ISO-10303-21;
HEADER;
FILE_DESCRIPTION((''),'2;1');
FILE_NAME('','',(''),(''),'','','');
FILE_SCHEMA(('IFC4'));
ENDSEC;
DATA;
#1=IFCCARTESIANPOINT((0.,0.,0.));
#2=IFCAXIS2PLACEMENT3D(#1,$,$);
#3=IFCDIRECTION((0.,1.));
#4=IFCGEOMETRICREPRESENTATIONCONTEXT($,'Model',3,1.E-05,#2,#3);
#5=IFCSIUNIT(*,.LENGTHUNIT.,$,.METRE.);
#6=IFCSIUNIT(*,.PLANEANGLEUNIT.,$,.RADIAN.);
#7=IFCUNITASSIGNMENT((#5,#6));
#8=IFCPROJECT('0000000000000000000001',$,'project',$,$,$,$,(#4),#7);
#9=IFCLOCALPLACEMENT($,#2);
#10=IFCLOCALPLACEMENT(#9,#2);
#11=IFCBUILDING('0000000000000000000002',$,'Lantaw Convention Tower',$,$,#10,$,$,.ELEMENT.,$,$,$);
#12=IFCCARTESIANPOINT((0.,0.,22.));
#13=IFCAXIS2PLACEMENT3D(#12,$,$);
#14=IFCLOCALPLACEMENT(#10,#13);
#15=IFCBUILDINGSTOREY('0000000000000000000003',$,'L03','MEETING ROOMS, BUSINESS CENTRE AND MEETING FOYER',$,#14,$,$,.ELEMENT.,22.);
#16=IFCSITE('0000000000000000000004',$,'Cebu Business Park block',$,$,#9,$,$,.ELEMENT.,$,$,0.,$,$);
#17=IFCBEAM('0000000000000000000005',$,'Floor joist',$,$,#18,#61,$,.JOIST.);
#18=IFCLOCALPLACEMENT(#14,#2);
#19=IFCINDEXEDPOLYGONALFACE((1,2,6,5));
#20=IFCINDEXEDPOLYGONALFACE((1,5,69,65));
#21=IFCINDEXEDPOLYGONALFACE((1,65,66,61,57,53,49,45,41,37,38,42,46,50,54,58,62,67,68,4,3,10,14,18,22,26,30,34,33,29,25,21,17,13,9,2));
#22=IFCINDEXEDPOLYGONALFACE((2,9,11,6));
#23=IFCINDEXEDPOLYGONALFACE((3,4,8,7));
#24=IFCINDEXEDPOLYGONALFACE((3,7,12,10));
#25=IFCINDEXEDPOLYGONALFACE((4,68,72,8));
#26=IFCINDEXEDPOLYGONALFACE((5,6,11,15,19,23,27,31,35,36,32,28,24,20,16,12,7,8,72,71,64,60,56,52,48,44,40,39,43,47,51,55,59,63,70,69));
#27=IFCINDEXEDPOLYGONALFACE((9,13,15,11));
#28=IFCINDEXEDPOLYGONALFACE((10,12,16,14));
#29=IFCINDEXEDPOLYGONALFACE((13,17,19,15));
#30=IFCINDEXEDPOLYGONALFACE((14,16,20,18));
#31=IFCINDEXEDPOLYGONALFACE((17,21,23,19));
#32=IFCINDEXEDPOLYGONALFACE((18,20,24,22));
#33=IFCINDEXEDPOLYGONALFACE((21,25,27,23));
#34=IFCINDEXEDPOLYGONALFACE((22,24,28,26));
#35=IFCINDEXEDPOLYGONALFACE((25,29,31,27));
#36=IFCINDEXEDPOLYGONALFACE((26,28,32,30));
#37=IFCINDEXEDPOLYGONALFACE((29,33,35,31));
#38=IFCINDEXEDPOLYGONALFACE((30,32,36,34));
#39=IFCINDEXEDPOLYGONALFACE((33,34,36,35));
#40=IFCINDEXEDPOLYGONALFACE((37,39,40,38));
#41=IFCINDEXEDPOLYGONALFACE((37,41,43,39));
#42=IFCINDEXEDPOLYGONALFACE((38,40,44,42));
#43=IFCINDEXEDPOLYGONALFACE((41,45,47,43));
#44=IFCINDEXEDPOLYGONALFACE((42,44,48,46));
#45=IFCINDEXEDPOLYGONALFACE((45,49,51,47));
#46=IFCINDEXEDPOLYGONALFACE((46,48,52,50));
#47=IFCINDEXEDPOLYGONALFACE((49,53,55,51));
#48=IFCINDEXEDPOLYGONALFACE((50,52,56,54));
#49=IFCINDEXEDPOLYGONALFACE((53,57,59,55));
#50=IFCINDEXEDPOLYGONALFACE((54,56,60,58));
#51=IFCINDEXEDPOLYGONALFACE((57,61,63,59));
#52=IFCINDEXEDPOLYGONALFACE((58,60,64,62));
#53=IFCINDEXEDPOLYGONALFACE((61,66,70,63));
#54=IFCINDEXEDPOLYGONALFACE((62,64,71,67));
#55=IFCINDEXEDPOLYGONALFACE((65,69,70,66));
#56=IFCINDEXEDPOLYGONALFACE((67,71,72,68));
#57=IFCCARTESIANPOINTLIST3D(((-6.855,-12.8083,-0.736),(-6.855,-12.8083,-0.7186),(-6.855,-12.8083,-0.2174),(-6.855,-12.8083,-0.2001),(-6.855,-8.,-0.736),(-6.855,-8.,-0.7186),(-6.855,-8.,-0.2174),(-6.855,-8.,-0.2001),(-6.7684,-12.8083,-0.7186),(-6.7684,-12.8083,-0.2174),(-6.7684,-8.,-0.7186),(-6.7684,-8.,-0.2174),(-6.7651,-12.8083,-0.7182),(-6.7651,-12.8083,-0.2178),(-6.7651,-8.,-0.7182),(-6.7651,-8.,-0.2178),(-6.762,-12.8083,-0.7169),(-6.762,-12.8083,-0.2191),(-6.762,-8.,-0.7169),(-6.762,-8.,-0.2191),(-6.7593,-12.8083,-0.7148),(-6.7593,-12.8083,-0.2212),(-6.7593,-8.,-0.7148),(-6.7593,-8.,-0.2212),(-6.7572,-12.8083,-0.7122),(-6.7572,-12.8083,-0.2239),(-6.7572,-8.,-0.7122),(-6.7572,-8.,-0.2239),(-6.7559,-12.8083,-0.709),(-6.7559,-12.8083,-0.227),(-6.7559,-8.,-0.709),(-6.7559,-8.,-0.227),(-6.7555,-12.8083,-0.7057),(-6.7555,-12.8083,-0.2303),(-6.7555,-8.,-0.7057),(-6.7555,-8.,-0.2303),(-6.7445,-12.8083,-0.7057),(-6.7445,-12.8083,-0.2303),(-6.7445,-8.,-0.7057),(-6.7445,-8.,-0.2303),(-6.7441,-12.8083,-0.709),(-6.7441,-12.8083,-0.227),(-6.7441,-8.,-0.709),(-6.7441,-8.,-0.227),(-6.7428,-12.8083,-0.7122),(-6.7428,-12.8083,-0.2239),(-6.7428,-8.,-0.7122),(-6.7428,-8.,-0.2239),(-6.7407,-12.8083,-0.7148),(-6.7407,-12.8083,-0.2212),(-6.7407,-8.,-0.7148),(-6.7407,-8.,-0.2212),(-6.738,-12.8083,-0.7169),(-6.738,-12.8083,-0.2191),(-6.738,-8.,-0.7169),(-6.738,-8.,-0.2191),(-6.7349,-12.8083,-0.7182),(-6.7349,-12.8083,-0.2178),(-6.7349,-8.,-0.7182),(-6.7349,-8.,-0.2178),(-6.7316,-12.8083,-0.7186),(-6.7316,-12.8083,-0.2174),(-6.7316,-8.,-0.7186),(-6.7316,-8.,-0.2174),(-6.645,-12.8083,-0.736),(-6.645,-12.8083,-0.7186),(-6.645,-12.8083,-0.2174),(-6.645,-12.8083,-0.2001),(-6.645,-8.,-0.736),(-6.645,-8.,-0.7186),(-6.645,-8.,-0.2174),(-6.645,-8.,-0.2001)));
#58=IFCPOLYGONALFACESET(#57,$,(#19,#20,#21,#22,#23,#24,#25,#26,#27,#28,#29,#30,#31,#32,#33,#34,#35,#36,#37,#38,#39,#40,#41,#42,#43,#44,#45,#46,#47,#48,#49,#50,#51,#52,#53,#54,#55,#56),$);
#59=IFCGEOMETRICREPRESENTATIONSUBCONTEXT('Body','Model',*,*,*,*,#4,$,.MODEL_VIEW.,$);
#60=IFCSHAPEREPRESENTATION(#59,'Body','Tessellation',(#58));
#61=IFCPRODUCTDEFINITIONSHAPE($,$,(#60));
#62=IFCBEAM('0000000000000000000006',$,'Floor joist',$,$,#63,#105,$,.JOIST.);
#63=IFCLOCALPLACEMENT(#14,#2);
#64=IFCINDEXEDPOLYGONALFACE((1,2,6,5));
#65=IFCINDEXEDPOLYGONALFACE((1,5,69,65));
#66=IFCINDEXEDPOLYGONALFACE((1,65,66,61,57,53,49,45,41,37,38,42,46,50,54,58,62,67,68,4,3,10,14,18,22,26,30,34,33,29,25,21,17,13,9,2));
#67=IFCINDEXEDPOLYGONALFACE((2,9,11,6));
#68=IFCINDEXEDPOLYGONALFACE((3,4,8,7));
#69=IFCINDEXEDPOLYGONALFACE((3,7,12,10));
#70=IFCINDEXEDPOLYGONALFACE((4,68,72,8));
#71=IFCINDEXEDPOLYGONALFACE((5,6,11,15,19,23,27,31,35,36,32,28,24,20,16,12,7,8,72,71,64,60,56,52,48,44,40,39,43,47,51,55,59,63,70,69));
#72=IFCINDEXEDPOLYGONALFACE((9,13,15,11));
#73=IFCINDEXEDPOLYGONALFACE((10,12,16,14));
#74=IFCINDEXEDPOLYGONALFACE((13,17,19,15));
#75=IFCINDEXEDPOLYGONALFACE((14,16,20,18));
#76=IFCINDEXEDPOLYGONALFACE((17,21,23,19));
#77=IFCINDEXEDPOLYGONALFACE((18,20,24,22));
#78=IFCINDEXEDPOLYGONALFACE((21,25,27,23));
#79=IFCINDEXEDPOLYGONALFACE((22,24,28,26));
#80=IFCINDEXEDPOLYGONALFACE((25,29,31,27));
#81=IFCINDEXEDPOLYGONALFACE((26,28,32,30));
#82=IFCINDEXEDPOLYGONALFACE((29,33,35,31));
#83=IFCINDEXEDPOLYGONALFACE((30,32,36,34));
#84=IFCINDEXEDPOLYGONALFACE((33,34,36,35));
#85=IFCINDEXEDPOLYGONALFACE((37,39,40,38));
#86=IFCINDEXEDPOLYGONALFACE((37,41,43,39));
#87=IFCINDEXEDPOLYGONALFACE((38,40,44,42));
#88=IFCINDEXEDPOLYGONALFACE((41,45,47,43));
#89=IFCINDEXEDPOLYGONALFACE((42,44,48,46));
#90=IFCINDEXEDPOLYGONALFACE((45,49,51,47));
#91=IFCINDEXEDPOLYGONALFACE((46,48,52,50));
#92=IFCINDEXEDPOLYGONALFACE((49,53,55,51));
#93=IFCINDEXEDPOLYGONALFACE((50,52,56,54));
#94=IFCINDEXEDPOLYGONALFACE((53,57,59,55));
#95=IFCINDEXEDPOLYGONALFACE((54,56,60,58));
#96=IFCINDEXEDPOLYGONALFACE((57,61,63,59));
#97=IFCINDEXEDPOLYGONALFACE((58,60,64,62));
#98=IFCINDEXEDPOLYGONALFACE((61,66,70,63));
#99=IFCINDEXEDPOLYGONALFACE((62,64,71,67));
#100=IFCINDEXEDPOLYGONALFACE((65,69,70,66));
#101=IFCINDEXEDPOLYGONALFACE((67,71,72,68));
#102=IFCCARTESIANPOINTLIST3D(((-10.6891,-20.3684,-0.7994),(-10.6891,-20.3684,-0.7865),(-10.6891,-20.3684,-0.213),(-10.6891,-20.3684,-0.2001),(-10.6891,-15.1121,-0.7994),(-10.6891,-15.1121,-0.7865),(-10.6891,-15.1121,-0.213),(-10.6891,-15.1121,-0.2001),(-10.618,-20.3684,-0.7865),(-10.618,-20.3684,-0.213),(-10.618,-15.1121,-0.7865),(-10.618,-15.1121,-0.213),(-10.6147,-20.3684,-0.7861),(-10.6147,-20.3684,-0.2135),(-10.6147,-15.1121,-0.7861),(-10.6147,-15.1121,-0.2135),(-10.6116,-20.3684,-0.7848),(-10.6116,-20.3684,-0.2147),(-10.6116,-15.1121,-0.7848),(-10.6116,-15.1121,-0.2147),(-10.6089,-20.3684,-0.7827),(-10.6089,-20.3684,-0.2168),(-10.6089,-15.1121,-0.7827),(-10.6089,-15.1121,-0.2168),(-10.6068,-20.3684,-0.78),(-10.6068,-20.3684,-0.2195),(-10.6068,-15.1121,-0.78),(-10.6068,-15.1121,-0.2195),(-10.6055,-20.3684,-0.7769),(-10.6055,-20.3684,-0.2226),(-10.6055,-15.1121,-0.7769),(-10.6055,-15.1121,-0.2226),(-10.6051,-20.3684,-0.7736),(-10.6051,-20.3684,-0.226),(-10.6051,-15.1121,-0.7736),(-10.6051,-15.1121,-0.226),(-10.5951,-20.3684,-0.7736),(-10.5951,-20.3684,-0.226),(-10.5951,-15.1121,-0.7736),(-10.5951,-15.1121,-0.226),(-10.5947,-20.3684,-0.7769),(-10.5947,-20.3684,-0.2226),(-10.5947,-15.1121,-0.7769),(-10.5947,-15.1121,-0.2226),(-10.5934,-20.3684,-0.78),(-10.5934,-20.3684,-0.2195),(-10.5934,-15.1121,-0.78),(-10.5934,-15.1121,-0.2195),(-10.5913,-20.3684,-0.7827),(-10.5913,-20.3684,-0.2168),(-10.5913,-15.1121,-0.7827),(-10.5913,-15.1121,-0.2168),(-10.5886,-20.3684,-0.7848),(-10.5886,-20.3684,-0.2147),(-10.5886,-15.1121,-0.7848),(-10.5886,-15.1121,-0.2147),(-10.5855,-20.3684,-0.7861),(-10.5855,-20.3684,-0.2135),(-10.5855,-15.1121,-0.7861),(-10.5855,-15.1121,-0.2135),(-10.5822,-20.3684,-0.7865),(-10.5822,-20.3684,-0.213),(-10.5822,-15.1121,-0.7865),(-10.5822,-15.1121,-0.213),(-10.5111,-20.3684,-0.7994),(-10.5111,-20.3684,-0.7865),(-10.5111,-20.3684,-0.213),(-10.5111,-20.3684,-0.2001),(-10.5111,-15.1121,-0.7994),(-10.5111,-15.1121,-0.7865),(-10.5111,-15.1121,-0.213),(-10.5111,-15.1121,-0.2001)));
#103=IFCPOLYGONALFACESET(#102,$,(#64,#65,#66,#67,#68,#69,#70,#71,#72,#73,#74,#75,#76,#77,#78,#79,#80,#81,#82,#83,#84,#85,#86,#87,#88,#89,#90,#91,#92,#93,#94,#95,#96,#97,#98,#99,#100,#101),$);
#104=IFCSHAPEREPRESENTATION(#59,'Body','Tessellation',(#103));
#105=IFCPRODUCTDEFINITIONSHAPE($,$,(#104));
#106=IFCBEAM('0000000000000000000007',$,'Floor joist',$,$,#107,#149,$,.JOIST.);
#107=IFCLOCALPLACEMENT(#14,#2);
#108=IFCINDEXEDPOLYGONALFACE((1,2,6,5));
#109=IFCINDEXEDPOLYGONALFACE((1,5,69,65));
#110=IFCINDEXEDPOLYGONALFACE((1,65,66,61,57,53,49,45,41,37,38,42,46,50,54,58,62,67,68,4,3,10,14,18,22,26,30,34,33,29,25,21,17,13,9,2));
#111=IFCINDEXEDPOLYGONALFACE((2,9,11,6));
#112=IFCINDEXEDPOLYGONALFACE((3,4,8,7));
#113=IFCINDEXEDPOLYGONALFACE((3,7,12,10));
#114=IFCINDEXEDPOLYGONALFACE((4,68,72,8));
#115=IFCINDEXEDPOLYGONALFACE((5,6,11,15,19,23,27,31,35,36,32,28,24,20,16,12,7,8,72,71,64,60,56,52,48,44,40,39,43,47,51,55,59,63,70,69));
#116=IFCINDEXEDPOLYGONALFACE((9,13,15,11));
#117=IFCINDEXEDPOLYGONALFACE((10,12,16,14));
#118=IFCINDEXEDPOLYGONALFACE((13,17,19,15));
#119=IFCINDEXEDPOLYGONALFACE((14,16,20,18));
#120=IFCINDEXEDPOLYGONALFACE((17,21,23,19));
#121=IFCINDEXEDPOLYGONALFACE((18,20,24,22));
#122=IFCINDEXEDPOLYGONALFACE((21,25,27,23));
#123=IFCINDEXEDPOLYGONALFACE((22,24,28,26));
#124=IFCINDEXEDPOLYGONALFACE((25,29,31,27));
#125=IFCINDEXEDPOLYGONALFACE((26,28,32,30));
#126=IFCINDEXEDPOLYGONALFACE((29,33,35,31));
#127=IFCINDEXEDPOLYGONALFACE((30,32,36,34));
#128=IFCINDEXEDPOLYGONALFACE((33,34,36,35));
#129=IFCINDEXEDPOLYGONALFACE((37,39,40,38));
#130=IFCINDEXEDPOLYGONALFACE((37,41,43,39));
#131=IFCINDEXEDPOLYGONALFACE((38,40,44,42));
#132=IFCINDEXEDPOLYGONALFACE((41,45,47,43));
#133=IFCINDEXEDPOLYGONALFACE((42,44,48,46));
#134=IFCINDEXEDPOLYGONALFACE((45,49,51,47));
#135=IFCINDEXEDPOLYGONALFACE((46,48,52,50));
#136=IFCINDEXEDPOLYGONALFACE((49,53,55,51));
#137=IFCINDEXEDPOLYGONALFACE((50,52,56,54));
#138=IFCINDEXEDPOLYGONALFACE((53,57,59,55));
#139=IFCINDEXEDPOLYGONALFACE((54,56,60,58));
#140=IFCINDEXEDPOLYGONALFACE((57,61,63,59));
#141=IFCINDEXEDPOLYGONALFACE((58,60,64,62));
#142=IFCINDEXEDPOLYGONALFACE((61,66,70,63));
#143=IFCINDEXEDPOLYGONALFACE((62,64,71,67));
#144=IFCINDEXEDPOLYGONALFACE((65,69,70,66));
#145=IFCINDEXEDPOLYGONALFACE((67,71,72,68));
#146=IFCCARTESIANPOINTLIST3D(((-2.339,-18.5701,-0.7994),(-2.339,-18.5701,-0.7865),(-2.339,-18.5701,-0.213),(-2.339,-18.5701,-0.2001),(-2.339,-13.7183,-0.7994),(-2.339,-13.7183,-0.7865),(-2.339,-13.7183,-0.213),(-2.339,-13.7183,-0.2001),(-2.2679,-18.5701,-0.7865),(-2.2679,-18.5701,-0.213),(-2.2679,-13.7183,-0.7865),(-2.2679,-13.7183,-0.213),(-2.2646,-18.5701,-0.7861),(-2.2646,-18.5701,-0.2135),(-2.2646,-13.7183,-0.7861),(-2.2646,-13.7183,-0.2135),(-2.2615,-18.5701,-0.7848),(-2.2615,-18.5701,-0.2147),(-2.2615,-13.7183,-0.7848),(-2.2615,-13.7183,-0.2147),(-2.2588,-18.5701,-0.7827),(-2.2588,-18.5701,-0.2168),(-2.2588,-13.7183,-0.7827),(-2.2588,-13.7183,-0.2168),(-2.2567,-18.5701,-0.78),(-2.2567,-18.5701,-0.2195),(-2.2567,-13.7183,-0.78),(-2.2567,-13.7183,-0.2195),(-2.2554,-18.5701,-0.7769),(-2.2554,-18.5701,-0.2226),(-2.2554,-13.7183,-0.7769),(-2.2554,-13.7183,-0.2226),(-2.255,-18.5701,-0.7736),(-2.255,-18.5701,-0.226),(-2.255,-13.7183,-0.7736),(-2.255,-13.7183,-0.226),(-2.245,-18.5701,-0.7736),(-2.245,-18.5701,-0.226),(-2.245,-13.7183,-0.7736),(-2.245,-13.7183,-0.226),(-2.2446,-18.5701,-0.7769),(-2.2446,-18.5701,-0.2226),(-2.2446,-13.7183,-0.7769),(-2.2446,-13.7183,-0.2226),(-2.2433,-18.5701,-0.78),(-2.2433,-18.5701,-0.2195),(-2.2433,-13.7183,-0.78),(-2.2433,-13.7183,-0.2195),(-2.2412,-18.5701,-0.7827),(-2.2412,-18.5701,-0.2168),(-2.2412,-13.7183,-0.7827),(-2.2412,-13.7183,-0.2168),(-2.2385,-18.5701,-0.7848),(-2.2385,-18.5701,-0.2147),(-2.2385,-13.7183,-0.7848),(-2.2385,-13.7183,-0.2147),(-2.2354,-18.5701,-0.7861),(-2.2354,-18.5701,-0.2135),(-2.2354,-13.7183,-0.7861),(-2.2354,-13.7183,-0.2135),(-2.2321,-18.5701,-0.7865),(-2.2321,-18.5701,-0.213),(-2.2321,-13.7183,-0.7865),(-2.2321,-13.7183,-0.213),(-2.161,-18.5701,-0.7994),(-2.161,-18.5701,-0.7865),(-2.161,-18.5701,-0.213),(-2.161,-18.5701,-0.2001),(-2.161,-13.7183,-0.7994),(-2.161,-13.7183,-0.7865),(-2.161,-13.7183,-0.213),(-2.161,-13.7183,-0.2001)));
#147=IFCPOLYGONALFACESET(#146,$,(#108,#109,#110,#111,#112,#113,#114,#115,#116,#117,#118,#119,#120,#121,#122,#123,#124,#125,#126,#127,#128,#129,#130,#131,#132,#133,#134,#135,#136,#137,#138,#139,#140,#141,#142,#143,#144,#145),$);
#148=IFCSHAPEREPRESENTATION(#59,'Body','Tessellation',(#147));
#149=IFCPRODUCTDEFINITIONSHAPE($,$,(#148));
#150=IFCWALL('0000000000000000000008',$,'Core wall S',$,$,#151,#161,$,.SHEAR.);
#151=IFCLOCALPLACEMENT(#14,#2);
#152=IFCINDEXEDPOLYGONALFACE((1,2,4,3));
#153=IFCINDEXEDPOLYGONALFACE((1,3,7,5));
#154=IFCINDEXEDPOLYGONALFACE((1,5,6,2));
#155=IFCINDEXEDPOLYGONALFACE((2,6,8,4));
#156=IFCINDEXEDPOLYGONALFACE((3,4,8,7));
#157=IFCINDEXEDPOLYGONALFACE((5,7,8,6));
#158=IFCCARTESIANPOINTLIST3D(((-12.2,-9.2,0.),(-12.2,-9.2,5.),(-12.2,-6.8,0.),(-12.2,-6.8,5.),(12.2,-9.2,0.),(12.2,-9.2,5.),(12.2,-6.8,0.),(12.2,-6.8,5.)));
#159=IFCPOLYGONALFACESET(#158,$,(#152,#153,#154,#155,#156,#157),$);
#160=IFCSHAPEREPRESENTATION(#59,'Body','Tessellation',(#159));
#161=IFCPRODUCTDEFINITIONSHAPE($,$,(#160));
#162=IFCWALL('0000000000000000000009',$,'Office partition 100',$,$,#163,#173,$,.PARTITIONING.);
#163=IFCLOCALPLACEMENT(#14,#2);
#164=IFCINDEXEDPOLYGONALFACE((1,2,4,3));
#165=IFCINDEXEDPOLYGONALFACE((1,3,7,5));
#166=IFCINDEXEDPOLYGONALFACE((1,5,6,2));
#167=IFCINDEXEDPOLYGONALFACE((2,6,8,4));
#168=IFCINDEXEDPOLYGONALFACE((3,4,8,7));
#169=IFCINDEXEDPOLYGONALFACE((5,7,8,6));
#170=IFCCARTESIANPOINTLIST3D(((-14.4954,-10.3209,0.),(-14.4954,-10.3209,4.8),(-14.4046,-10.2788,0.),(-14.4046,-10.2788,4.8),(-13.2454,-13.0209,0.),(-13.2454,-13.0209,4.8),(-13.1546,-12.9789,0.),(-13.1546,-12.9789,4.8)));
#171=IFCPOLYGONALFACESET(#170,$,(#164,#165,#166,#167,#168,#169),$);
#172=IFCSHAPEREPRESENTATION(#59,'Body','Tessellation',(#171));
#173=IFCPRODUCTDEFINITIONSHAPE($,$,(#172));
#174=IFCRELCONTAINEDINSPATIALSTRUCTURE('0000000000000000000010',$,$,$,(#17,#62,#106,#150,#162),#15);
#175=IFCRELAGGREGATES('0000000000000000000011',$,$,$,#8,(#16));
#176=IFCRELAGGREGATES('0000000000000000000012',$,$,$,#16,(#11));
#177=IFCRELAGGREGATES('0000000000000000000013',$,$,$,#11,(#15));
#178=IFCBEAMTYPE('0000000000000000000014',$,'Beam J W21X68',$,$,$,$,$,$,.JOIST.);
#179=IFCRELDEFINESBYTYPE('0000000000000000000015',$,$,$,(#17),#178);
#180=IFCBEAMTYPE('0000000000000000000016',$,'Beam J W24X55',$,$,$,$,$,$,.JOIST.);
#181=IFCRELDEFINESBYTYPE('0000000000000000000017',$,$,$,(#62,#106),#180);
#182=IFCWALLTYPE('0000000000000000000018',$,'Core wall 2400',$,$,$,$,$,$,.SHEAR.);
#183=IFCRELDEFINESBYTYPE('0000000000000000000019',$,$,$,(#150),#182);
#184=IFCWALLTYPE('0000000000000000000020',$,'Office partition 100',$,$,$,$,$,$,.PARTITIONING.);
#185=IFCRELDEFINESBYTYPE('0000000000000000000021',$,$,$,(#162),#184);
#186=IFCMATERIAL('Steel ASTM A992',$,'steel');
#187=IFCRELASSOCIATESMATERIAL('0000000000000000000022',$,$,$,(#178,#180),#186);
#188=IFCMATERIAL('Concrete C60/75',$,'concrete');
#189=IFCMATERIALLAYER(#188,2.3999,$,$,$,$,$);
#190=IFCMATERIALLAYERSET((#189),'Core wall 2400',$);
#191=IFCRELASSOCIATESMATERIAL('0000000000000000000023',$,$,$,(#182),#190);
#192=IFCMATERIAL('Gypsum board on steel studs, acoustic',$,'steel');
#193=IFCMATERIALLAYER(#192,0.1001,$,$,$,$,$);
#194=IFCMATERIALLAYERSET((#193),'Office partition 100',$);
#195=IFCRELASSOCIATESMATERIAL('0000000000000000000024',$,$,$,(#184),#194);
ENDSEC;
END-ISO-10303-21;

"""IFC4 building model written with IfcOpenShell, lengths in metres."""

from ifc_helpers import new_model, si_unit, direction, frame, frame_2d, origin, origin_2d, place, context, subcontext, project, spatial, rectangle, i_section, extrude, material, layer, layer_set, material_profile, profile_set, type_object, element, save


model = new_model("IFC4")

# Units and contexts
model_context = context("Model", 3, precision=1e-05, world=origin(), true_north=direction((0.0, 1.0)))
body_context = subcontext(model_context, "Body", "Model", "MODEL_VIEW")
ifc_project = project(units=[si_unit("LENGTHUNIT", "METRE"), si_unit("PLANEANGLEUNIT", "RADIAN")], contexts=[model_context])

# Site, building, storey
site_placement = place(None, origin())
site = spatial("IfcSite", under=ifc_project, at=site_placement, Name="Cebu Business Park block", CompositionType="ELEMENT", RefElevation=0.0)
building_placement = place(site_placement, origin())
building = spatial("IfcBuilding", under=site, at=building_placement, Name="Lantaw Convention Tower", CompositionType="ELEMENT")
storey_placement = place(building_placement, frame((0.0, 0.0, 22.0)))
storey = spatial("IfcBuildingStorey", under=building, at=storey_placement, Name="L03", Description="MEETING ROOMS, BUSINESS CENTRE AND MEETING FOYER", CompositionType="ELEMENT", Elevation=22.0)

# Shared definitions
ifc_material_1 = material(Name="Concrete C60/75", Category="concrete")

# Beams
ifc_material_2 = material(Name="Steel ASTM A992", Category="steel")
ifc_material_profile_1 = material_profile(ifc_material_2, i_section(OverallWidth=0.21, OverallDepth=0.5359, WebThickness=0.011, FlangeThickness=0.0173, FilletRadius=0.0129, at=origin_2d()), Name="W21X68")
ifc_profile_set_1 = profile_set([ifc_material_profile_1], Name="Steel ASTM A992")
beam_type_1 = type_object("IfcBeamType", Name="Beam J W21X68", PredefinedType="JOIST", material=ifc_profile_set_1)
beam_1_placement = place(storey_placement, frame((-6.75, -12.8083, -0.468), z_axis=(0.0, 1.0, 0.0), x_axis=(-1.0, 0.0, 0.0)))
element("IfcBeam", 1, at=beam_1_placement, inside=storey, type_object=beam_type_1, Name="Floor joist", PredefinedType="JOIST", context=body_context, shape_type="SweptSolid", body=[
    extrude(i_section(OverallWidth=0.21, OverallDepth=0.5359, WebThickness=0.011, FlangeThickness=0.0173, FilletRadius=0.0129, at=origin_2d()), origin(), (0.0, 0.0, 1.0), 4.8083),
])
ifc_material_profile_2 = material_profile(ifc_material_2, i_section(OverallWidth=0.178, OverallDepth=0.5994, WebThickness=0.01, FlangeThickness=0.0129, FilletRadius=0.0129, at=origin_2d()), Name="W24X55")
ifc_profile_set_2 = profile_set([ifc_material_profile_2], Name="Steel ASTM A992")
beam_type_2 = type_object("IfcBeamType", Name="Beam J W24X55", PredefinedType="JOIST", material=ifc_profile_set_2)
beam_2_placement = place(storey_placement, frame((-10.6001, -20.3684, -0.4998), z_axis=(0.0, 1.0, 0.0), x_axis=(-1.0, 0.0, 0.0)))
element("IfcBeam", 2, at=beam_2_placement, inside=storey, type_object=beam_type_2, Name="Floor joist", PredefinedType="JOIST", context=body_context, shape_type="SweptSolid", body=[
    extrude(i_section(OverallWidth=0.178, OverallDepth=0.5994, WebThickness=0.01, FlangeThickness=0.0129, FilletRadius=0.0129, at=origin_2d()), origin(), (0.0, 0.0, 1.0), 5.2563),
])
beam_3_placement = place(storey_placement, frame((-2.25, -18.5701, -0.4998), z_axis=(0.0, 1.0, 0.0), x_axis=(-1.0, 0.0, 0.0)))
element("IfcBeam", 3, at=beam_3_placement, inside=storey, type_object=beam_type_2, Name="Floor joist", PredefinedType="JOIST", context=body_context, shape_type="SweptSolid", body=[
    extrude(i_section(OverallWidth=0.178, OverallDepth=0.5994, WebThickness=0.01, FlangeThickness=0.0129, FilletRadius=0.0129, at=origin_2d()), origin(), (0.0, 0.0, 1.0), 4.8518),
])

# Walls
ifc_layer_1 = layer(ifc_material_1, 2.3999)
ifc_layer_set_1 = layer_set([ifc_layer_1], Name="Core wall 2400")
wall_type_1 = type_object("IfcWallType", Name="Core wall 2400", PredefinedType="SHEAR", material=ifc_layer_set_1)
wall_1_placement = place(storey_placement, frame((-12.2, -8.0, 0.0), z_axis=(0.0, 0.0, 1.0), x_axis=(1.0, 0.0, 0.0)))
element("IfcWall", 4, at=wall_1_placement, inside=storey, type_object=wall_type_1, Name="Core wall S", PredefinedType="SHEAR", context=body_context, shape_type="SweptSolid", body=[
    extrude(rectangle(XDim=24.3999, YDim=2.3999, at=frame_2d((12.2, 0.0))), origin(), (0.0, 0.0, 1.0), 5.0),
])
ifc_material_3 = material(Name="Gypsum board on steel studs, acoustic", Category="steel")
ifc_layer_2 = layer(ifc_material_3, 0.1001)
ifc_layer_set_2 = layer_set([ifc_layer_2], Name="Office partition 100")
wall_type_2 = type_object("IfcWallType", Name="Office partition 100", PredefinedType="PARTITIONING", material=ifc_layer_set_2)
wall_2_placement = place(storey_placement, frame((-13.2, -13.0, 0.0), z_axis=(0.0, 0.0, 1.0), x_axis=(-0.42013, 0.907464, 0.0)))
element("IfcWall", 5, at=wall_2_placement, inside=storey, type_object=wall_type_2, Name="Office partition 100", PredefinedType="PARTITIONING", context=body_context, shape_type="SweptSolid", body=[
    extrude(rectangle(XDim=2.9753, YDim=0.1001, at=frame_2d((1.4878, 0.0))), origin(), (0.0, 0.0, 1.0), 4.8),
])

save(model, "model.ifc")
